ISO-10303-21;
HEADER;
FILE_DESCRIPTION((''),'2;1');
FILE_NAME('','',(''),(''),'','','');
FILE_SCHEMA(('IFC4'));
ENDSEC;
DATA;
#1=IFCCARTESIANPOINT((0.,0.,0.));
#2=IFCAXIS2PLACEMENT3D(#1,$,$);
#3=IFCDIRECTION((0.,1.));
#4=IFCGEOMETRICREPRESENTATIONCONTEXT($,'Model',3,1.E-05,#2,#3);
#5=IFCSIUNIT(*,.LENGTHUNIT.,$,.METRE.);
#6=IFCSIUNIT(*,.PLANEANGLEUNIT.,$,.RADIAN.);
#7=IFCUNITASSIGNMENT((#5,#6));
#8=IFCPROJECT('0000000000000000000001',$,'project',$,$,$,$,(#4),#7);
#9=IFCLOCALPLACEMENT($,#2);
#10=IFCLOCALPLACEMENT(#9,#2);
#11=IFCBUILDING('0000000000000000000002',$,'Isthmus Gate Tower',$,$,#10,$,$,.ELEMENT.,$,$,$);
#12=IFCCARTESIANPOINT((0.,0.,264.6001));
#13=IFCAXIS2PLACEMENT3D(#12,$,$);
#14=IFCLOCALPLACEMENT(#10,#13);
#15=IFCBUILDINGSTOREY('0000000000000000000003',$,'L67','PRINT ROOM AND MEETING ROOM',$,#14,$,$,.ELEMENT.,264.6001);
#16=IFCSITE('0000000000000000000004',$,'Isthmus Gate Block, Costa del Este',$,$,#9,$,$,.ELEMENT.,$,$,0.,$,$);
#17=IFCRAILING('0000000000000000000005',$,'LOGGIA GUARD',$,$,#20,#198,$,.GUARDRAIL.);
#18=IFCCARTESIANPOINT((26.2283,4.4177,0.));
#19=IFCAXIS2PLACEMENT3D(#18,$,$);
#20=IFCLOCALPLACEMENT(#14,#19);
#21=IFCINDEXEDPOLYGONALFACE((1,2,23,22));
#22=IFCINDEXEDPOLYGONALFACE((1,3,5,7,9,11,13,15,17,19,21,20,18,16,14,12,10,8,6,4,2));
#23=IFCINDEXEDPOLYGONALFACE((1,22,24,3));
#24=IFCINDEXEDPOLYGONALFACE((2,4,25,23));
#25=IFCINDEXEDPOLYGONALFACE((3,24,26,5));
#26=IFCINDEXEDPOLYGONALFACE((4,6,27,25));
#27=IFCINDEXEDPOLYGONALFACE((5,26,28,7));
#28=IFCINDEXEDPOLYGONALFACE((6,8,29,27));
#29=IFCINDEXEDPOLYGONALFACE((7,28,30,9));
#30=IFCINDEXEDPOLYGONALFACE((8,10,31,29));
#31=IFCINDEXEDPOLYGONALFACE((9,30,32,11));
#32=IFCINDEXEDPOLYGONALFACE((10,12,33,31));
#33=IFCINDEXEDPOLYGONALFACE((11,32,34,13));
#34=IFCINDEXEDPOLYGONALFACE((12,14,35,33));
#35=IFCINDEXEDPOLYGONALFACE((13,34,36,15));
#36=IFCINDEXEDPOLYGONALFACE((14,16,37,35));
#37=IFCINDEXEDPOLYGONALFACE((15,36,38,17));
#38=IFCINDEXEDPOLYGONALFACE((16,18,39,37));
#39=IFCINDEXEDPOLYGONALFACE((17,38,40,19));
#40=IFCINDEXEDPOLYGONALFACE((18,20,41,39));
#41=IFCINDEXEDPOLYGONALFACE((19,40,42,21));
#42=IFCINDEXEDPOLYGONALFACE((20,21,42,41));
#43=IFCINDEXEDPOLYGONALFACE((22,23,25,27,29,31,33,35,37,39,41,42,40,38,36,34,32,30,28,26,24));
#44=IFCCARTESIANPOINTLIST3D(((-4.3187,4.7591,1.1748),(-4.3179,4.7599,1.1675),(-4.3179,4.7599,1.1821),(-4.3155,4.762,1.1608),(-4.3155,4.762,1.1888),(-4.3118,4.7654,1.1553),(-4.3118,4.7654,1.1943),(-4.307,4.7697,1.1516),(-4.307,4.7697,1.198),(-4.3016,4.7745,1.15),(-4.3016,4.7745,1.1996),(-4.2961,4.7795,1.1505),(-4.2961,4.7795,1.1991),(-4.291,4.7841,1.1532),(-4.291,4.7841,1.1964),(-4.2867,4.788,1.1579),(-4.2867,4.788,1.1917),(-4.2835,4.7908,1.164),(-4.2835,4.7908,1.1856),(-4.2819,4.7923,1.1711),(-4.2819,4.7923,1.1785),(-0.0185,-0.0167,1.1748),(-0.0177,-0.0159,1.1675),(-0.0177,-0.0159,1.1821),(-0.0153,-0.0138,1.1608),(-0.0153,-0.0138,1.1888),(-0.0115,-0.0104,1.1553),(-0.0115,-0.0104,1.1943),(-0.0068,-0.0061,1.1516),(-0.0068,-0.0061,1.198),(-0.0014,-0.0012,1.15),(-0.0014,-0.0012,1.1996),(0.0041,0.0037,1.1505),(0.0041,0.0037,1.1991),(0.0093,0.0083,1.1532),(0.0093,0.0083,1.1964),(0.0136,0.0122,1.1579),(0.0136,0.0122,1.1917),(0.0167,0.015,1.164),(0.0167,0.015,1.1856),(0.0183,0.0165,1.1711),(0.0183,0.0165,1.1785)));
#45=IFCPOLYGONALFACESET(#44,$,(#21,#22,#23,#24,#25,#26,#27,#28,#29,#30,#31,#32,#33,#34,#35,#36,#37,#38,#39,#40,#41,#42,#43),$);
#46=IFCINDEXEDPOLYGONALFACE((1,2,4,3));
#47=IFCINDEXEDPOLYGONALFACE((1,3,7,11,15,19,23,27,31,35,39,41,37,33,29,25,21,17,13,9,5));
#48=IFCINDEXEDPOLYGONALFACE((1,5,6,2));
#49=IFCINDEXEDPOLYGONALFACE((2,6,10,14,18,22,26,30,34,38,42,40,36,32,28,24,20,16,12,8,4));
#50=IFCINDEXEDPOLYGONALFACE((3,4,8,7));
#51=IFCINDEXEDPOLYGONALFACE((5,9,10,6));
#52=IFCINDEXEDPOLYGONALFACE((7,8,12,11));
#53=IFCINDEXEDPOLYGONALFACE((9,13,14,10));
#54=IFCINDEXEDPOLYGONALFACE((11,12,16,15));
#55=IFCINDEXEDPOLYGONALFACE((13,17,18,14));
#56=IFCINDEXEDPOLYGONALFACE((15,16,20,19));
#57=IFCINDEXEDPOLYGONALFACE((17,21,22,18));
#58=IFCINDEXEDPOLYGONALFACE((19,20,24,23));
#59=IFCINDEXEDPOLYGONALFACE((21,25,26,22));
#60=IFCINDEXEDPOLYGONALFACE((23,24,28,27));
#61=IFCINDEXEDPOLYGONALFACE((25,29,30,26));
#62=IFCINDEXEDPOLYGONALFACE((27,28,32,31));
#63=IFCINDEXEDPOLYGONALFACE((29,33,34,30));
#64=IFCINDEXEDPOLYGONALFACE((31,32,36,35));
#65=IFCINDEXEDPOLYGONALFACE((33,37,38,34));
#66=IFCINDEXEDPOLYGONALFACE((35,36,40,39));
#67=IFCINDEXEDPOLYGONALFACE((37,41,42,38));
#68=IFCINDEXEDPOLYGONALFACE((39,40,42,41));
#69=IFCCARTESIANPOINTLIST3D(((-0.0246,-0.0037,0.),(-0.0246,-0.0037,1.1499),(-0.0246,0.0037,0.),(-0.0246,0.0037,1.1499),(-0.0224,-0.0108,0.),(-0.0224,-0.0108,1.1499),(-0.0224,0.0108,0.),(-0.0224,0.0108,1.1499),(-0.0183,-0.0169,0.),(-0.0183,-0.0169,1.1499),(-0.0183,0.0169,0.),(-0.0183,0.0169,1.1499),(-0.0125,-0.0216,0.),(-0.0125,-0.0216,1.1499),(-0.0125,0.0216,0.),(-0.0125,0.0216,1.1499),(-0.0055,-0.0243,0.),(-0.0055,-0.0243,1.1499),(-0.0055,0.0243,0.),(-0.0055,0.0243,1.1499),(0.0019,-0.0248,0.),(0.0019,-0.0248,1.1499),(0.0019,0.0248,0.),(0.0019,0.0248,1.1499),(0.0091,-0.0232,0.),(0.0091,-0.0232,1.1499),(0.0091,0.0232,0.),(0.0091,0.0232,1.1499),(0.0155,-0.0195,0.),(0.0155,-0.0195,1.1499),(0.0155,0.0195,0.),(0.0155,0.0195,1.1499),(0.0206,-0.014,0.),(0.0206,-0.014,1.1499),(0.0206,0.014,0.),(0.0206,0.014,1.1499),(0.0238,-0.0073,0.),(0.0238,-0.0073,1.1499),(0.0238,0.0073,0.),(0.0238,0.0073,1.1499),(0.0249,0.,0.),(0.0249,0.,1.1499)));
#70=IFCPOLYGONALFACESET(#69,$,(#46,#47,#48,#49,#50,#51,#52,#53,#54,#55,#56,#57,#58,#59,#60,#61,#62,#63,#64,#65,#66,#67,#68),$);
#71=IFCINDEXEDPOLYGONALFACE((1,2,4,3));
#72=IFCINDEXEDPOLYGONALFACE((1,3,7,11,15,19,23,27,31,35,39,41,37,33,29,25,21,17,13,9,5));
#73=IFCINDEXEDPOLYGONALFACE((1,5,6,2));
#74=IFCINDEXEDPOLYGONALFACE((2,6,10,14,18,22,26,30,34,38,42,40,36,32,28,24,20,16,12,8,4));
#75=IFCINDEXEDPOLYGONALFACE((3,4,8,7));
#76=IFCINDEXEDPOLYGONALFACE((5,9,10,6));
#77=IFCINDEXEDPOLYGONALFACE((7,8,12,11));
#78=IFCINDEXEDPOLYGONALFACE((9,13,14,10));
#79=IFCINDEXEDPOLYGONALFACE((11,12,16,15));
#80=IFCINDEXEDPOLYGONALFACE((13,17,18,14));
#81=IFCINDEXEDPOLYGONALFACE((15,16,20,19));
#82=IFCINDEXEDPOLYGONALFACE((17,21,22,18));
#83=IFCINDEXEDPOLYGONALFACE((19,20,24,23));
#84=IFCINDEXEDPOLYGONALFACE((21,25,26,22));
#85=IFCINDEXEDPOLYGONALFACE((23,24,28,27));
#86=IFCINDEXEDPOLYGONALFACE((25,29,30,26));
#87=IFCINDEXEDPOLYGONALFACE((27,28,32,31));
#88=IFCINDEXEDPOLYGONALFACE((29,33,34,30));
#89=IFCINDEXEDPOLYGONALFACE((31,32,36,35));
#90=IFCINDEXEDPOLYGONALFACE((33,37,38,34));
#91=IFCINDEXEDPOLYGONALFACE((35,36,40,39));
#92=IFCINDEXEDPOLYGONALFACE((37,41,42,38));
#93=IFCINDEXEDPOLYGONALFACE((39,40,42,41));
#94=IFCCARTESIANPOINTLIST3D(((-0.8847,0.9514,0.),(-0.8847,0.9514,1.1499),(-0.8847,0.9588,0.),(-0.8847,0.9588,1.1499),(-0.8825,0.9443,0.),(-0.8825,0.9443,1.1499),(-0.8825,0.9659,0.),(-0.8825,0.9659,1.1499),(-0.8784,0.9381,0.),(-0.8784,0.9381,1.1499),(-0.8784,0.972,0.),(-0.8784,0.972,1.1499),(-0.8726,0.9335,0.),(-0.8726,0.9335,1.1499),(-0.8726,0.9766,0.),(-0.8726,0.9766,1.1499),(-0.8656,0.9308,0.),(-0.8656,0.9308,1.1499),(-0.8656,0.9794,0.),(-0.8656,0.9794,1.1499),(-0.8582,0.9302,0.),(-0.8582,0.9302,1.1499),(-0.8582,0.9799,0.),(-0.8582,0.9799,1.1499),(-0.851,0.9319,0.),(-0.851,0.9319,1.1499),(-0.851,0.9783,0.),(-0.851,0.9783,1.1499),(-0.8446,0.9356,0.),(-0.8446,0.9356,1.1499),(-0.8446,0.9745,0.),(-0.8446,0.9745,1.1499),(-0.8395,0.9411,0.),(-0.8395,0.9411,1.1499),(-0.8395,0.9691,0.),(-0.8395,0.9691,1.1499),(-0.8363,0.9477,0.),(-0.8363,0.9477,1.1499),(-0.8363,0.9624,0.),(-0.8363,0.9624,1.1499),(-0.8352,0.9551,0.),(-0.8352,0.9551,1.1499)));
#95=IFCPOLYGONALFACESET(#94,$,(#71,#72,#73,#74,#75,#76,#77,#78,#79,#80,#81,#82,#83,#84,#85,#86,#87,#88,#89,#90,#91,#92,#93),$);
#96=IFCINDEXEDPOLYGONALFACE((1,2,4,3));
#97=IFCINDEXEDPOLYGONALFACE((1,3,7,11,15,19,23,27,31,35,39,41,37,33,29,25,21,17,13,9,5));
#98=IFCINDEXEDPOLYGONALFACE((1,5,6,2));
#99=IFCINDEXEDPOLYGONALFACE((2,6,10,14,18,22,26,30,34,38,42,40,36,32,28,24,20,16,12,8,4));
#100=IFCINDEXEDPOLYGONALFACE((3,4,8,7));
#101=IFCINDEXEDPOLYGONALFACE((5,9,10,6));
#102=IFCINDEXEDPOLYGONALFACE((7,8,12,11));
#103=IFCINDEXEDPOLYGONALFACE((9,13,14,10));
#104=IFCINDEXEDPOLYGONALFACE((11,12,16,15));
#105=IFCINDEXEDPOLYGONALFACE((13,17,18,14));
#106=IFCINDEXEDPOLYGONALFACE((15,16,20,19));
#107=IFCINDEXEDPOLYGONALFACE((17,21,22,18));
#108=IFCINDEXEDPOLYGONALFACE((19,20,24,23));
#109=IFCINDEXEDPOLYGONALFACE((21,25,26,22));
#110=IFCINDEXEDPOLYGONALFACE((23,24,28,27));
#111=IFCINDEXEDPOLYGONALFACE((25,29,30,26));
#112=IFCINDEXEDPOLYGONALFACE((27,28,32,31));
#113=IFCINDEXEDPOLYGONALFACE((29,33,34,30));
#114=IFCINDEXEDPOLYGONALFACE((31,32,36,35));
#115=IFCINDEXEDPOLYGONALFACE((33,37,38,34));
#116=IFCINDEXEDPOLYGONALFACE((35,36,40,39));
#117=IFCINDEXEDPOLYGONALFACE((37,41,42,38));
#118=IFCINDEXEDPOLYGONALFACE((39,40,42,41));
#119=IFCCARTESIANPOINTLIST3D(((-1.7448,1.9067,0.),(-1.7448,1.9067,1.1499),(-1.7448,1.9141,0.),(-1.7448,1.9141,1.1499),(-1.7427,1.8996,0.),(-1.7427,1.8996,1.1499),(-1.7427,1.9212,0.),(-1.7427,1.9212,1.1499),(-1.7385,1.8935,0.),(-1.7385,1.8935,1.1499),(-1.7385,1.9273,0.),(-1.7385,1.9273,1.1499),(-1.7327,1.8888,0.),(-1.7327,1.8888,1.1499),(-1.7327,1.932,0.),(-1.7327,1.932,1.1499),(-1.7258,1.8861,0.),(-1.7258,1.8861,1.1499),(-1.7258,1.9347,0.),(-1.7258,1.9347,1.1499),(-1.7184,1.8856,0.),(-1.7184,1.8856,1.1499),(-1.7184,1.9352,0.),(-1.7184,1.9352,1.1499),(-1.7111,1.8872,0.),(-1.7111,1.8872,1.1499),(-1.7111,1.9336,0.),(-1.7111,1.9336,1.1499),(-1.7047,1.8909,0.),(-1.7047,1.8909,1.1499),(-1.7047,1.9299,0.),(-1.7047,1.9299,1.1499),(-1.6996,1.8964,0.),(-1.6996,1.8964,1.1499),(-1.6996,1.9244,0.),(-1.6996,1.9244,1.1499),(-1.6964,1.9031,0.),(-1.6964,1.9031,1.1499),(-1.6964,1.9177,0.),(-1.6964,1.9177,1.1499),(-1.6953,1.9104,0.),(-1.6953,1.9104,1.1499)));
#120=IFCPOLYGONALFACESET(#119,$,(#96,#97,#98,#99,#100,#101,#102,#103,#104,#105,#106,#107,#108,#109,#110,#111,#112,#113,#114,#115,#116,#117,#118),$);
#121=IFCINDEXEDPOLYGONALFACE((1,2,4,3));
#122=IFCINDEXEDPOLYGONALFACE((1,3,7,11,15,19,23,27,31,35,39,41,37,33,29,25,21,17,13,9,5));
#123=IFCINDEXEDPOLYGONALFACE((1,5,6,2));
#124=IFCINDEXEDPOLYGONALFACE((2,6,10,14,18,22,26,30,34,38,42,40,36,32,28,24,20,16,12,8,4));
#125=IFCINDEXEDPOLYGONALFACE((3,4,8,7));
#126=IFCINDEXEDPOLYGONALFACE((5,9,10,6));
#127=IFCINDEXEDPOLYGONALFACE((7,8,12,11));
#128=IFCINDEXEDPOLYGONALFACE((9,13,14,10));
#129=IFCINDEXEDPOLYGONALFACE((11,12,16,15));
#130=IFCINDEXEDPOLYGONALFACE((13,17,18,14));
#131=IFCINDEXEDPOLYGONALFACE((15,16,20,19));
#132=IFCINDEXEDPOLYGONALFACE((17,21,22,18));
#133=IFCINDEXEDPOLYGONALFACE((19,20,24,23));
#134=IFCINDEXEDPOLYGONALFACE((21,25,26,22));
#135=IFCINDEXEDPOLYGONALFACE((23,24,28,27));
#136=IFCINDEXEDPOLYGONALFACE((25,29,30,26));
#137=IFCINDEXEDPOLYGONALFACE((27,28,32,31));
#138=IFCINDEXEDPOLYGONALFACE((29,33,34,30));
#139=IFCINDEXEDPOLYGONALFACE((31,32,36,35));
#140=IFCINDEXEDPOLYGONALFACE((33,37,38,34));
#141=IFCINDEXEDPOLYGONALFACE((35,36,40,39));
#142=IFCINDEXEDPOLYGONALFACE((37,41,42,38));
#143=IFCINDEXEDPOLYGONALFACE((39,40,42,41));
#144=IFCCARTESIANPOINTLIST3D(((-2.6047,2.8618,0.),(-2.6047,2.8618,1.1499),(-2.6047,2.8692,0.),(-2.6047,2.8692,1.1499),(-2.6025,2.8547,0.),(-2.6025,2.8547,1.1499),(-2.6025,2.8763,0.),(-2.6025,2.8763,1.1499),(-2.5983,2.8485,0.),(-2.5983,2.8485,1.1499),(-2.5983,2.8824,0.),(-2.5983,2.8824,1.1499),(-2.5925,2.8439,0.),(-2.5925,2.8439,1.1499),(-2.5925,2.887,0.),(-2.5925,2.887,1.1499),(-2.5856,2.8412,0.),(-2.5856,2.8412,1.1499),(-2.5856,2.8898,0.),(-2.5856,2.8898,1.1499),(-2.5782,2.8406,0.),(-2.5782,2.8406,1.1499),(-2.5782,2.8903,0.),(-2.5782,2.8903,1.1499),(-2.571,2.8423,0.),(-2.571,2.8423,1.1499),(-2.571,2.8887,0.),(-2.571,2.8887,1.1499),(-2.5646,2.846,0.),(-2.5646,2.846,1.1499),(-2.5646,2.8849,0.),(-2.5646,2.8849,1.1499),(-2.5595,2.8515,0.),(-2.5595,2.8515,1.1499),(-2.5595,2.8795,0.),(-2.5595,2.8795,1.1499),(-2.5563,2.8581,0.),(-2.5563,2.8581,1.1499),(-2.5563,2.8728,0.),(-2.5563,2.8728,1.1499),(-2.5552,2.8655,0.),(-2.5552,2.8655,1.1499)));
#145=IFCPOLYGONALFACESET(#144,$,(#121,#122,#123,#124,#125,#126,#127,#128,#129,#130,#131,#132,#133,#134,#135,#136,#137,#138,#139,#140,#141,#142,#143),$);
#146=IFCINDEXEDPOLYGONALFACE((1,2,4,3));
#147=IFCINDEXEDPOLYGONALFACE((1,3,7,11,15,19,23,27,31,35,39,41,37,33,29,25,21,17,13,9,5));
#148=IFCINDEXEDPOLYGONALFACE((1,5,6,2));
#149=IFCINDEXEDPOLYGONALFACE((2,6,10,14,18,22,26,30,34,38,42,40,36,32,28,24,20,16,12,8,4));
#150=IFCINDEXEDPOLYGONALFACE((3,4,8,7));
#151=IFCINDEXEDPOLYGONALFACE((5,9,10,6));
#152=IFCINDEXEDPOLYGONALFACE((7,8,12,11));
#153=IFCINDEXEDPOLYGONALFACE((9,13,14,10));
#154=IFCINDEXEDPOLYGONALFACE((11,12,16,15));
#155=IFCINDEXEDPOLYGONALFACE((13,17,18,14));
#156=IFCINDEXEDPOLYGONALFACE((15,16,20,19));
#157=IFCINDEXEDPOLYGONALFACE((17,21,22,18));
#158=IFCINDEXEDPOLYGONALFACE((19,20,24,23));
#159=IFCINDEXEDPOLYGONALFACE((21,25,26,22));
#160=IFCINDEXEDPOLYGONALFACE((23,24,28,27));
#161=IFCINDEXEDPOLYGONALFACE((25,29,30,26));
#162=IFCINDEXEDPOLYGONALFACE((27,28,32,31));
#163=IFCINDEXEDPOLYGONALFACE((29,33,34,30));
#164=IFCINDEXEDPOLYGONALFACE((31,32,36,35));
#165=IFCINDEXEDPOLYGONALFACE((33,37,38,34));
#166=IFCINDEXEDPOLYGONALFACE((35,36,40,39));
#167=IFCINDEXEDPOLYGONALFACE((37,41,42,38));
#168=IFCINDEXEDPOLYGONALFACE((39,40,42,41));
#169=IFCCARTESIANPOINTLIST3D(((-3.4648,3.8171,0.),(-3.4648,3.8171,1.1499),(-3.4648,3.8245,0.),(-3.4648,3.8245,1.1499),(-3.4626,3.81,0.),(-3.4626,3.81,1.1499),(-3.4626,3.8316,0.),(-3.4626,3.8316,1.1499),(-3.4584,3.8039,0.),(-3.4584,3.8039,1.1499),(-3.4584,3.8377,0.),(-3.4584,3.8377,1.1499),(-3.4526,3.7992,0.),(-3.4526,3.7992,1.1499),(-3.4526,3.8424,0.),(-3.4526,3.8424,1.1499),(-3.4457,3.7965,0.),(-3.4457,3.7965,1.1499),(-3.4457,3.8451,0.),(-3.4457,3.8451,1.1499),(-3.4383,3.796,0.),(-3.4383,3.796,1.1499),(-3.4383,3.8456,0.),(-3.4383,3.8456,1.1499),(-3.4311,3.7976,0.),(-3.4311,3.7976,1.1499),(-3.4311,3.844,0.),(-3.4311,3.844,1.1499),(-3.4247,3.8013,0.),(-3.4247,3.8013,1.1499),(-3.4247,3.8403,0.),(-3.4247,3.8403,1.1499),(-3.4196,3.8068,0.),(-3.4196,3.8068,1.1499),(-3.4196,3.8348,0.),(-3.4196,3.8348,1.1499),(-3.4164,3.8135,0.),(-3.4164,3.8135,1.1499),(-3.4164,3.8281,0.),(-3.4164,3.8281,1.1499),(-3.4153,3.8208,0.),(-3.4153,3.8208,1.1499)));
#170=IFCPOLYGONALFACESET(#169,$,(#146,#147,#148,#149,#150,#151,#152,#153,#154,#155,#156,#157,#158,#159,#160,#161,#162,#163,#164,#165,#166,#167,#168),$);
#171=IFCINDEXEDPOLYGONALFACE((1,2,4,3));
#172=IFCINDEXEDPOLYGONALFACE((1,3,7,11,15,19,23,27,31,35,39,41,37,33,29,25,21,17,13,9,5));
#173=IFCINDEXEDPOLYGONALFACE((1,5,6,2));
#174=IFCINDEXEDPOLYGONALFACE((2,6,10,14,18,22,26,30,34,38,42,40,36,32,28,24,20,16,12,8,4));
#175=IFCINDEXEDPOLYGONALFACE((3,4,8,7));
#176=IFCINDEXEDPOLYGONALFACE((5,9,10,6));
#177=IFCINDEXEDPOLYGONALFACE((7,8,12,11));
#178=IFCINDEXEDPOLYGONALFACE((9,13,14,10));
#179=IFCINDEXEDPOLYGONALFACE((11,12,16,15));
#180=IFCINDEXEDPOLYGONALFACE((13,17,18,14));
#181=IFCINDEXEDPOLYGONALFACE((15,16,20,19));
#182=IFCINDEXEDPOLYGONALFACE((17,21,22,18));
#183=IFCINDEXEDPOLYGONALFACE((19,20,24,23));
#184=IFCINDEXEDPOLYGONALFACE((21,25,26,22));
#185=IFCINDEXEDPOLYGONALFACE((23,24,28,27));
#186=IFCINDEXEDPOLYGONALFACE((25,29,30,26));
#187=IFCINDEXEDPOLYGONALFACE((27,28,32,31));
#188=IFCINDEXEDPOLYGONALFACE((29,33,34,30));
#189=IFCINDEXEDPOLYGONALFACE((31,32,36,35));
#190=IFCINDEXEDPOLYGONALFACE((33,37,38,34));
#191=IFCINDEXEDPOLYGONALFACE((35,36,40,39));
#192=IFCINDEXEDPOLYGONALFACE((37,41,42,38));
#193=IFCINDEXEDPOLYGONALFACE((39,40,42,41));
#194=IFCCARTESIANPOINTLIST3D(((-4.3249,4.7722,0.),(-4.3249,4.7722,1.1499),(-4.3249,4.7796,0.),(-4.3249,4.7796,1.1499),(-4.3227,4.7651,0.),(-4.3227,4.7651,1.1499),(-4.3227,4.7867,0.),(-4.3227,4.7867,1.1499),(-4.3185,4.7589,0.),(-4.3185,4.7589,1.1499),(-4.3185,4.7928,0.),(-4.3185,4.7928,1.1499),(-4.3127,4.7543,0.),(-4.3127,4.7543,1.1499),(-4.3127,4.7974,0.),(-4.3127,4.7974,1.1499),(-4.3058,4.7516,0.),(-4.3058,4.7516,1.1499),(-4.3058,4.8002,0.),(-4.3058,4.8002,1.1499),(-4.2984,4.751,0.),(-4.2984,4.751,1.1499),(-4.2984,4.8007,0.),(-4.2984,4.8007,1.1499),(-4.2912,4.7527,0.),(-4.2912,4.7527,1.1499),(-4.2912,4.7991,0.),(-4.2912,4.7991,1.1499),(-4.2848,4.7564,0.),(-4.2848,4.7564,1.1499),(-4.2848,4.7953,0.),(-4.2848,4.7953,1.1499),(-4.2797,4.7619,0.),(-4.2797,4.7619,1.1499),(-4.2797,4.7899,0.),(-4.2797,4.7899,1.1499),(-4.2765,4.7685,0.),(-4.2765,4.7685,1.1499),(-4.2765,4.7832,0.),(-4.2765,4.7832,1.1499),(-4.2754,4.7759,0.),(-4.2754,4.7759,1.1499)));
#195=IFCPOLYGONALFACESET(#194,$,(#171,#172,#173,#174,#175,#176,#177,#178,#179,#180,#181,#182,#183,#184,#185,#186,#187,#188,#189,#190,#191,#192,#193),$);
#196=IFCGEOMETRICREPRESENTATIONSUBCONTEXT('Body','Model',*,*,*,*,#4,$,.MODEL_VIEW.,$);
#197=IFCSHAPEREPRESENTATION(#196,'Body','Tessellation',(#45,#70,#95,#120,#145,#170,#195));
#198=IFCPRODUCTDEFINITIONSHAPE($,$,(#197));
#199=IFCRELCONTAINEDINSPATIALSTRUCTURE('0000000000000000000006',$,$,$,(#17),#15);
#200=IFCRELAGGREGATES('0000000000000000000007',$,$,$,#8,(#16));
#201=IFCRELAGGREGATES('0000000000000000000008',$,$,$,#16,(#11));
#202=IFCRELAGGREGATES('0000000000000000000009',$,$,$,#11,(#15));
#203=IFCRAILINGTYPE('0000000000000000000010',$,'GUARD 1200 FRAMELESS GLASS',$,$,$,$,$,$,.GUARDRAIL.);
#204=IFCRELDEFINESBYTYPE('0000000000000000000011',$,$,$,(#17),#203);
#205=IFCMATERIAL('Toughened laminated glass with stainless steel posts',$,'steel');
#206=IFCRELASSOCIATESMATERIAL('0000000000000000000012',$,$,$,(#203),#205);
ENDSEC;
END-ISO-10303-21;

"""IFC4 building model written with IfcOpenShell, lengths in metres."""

from ifc_helpers import new_model, si_unit, direction, frame, origin, origin_2d, place, context, subcontext, project, spatial, circle, extrude, material, type_object, element, save


model = new_model("IFC4")

# Units and contexts
model_context = context("Model", 3, precision=1e-05, world=origin(), true_north=direction((0.0, 1.0)))
body_context = subcontext(model_context, "Body", "Model", "MODEL_VIEW")
ifc_project = project(units=[si_unit("LENGTHUNIT", "METRE"), si_unit("PLANEANGLEUNIT", "RADIAN")], contexts=[model_context])

# Site, building, storey
site_placement = place(None, origin())
site = spatial("IfcSite", under=ifc_project, at=site_placement, Name="Isthmus Gate Block, Costa del Este", CompositionType="ELEMENT", RefElevation=0.0)
building_placement = place(site_placement, origin())
building = spatial("IfcBuilding", under=site, at=building_placement, Name="Isthmus Gate Tower", CompositionType="ELEMENT")
storey_placement = place(building_placement, frame((0.0, 0.0, 264.6001)))
storey = spatial("IfcBuildingStorey", under=building, at=storey_placement, Name="L67", Description="PRINT ROOM AND MEETING ROOM", CompositionType="ELEMENT", Elevation=264.6001)

# Railing
ifc_material_1 = material(Name="Toughened laminated glass with stainless steel posts", Category="steel")
railing_type_1 = type_object("IfcRailingType", Name="GUARD 1200 FRAMELESS GLASS", PredefinedType="GUARDRAIL", material=ifc_material_1)
railing_1_placement = place(storey_placement, frame((26.2283, 4.4177, 0.0)))
element("IfcRailing", 1, at=railing_1_placement, inside=storey, type_object=railing_type_1, Name="LOGGIA GUARD", PredefinedType="GUARDRAIL", context=body_context, shape_type="SweptSolid", body=[
    extrude(circle(Radius=0.0249, at=origin_2d()), frame((0.0, 0.0, 1.1748), z_axis=(-0.669137, 0.743139, 0.0), x_axis=(-0.743139, -0.669137, 0.0)), (0.0, 0.0, 1.0), 6.4265),
    extrude(circle(Radius=0.0249, at=origin_2d()), origin(), (0.0, 0.0, 1.0), 1.1499),
    extrude(circle(Radius=0.0249, at=origin_2d()), frame((-0.8601, 0.9551, 0.0)), (0.0, 0.0, 1.0), 1.1499),
    extrude(circle(Radius=0.0249, at=origin_2d()), frame((-1.7202, 1.9104, 0.0)), (0.0, 0.0, 1.0), 1.1499),
    extrude(circle(Radius=0.0249, at=origin_2d()), frame((-2.5801, 2.8655, 0.0)), (0.0, 0.0, 1.0), 1.1499),
    extrude(circle(Radius=0.0249, at=origin_2d()), frame((-3.4402, 3.8208, 0.0)), (0.0, 0.0, 1.0), 1.1499),
    extrude(circle(Radius=0.0249, at=origin_2d()), frame((-4.3003, 4.7759, 0.0)), (0.0, 0.0, 1.0), 1.1499),
])

save(model, "model.ifc")
